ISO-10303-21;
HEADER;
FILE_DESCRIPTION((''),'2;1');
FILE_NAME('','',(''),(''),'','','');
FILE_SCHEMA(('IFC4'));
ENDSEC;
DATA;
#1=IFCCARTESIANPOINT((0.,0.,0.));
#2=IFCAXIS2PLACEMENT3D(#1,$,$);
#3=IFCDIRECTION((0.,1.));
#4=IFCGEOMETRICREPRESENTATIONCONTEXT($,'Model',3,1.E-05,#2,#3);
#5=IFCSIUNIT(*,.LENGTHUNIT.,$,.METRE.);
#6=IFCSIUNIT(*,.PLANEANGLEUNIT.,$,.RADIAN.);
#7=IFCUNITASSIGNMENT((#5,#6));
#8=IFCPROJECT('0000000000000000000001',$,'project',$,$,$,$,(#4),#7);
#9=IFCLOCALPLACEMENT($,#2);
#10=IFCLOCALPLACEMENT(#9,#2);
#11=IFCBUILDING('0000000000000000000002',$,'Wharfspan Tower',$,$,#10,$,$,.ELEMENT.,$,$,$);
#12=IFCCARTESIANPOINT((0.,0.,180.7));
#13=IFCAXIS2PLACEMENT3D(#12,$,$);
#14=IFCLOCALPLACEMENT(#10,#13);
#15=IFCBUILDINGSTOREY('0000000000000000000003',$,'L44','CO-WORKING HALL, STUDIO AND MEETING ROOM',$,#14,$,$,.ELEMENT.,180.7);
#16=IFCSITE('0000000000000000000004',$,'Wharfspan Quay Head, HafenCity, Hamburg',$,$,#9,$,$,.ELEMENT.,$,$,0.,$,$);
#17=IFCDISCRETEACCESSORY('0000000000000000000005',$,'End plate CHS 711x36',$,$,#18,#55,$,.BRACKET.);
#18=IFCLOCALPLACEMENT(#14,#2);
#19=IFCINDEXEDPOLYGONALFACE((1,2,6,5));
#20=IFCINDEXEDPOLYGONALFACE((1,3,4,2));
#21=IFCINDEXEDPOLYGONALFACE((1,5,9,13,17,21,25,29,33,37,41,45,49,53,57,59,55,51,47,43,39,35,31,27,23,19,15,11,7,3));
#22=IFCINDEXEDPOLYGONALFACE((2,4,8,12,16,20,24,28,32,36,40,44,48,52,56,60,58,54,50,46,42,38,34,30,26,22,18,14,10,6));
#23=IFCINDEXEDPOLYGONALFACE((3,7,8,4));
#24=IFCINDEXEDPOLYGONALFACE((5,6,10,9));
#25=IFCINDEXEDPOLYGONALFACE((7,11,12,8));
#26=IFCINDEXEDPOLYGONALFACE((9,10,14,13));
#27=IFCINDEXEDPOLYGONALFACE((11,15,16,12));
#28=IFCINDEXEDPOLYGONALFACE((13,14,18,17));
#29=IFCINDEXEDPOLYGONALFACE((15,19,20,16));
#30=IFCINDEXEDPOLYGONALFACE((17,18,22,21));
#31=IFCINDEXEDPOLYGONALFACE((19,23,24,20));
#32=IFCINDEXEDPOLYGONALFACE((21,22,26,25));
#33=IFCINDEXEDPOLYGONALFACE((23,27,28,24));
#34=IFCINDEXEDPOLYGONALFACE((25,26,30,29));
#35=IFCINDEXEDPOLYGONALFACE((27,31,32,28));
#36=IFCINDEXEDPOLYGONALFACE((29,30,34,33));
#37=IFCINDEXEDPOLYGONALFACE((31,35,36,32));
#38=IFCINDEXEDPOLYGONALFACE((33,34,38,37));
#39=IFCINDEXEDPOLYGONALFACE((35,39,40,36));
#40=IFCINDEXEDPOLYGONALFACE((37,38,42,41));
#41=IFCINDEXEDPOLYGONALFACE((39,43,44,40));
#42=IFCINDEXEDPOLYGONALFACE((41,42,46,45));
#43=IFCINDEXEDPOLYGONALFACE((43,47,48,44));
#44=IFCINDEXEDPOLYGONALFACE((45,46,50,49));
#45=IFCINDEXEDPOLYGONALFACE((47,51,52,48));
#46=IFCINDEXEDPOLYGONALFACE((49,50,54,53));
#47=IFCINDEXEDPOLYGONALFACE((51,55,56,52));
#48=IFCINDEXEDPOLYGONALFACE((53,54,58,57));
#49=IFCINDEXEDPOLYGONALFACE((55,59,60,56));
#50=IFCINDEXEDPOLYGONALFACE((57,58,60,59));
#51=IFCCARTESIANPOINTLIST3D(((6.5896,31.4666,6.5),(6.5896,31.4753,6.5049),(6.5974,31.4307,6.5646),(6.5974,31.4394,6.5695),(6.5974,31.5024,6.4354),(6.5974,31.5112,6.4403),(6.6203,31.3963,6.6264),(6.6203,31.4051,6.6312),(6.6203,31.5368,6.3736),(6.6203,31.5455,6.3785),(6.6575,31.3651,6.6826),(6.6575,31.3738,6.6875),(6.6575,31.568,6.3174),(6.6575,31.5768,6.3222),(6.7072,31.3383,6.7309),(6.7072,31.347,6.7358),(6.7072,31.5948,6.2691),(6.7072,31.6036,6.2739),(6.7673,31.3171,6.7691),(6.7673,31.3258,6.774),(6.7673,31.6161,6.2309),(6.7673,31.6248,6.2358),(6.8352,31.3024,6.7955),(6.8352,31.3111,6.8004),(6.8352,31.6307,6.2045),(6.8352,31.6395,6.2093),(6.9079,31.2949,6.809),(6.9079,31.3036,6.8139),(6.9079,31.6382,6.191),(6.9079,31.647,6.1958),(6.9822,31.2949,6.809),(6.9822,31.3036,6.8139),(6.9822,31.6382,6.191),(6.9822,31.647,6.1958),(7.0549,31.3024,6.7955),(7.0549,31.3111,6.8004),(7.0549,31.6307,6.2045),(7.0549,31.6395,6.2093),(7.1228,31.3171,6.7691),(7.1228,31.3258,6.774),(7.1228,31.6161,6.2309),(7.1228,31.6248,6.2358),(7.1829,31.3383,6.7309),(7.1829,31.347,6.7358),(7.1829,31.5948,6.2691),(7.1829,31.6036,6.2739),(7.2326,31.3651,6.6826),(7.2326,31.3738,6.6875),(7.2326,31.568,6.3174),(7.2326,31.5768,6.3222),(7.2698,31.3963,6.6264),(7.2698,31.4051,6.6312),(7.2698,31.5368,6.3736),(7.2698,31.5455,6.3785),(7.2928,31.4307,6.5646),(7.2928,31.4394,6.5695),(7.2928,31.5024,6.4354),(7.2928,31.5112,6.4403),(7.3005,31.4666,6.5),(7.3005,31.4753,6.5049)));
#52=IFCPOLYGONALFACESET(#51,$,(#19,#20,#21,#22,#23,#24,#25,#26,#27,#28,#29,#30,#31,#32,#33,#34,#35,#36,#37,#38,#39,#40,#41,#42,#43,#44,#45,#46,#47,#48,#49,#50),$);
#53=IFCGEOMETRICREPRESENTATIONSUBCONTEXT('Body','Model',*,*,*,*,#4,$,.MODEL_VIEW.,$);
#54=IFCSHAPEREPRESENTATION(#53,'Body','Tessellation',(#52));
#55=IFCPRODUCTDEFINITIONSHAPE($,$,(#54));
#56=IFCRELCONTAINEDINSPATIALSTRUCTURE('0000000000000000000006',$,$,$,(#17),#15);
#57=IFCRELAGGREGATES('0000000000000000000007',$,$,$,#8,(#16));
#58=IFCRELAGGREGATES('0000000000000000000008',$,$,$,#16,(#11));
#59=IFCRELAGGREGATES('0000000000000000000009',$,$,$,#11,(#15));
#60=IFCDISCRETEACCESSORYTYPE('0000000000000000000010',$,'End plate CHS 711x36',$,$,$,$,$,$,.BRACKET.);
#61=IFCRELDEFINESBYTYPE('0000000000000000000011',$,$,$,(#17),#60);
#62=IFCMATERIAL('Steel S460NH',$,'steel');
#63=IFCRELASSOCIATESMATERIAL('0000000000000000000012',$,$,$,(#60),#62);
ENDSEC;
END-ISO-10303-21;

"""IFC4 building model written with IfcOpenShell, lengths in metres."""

from ifc_helpers import new_model, si_unit, direction, frame, origin, origin_2d, place, context, subcontext, project, spatial, circle, extrude, material, material_profile, profile_set, type_object, element, save


model = new_model("IFC4")

# Units and contexts
model_context = context("Model", 3, precision=1e-05, world=origin(), true_north=direction((0.0, 1.0)))
body_context = subcontext(model_context, "Body", "Model", "MODEL_VIEW")
ifc_project = project(units=[si_unit("LENGTHUNIT", "METRE"), si_unit("PLANEANGLEUNIT", "RADIAN")], contexts=[model_context])

# Site, building, storey
site_placement = place(None, origin())
site = spatial("IfcSite", under=ifc_project, at=site_placement, Name="Wharfspan Quay Head, HafenCity, Hamburg", CompositionType="ELEMENT", RefElevation=0.0)
building_placement = place(site_placement, origin())
building = spatial("IfcBuilding", under=site, at=building_placement, Name="Wharfspan Tower", CompositionType="ELEMENT")
storey_placement = place(building_placement, frame((0.0, 0.0, 180.7)))
storey = spatial("IfcBuildingStorey", under=building, at=storey_placement, Name="L44", Description="CO-WORKING HALL, STUDIO AND MEETING ROOM", CompositionType="ELEMENT", Elevation=180.7)

# Shared definitions
ifc_material_1 = material(Name="Steel S460NH", Category="steel")

# Discrete accessory
ifc_material_profile_1 = material_profile(ifc_material_1, circle(Radius=0.3555, at=origin_2d()))
ifc_profile_set_1 = profile_set([ifc_material_profile_1], Name="Steel S460NH")
discrete_accessory_type = type_object("IfcDiscreteAccessoryType", Name="End plate CHS 711x36", PredefinedType="BRACKET", material=ifc_profile_set_1)
for number, where, z_axis, x_axis, name in (
    (1, (6.9451, 31.4666, 6.5), (0.0, 0.874157, 0.485643), (-1.0, 0.0, 0.0), "End plate CHS 711x36"),
):
    element("IfcDiscreteAccessory", number, at=place(storey_placement, frame(where, z_axis=z_axis, x_axis=x_axis)), inside=storey, type_object=discrete_accessory_type, Name=name, PredefinedType="BRACKET", context=body_context, shape_type="SweptSolid", body=[
        extrude(circle(Radius=0.3555, at=origin_2d()), origin(), (0.0, 0.0, 1.0), 0.01),
    ])

save(model, "model.ifc")
